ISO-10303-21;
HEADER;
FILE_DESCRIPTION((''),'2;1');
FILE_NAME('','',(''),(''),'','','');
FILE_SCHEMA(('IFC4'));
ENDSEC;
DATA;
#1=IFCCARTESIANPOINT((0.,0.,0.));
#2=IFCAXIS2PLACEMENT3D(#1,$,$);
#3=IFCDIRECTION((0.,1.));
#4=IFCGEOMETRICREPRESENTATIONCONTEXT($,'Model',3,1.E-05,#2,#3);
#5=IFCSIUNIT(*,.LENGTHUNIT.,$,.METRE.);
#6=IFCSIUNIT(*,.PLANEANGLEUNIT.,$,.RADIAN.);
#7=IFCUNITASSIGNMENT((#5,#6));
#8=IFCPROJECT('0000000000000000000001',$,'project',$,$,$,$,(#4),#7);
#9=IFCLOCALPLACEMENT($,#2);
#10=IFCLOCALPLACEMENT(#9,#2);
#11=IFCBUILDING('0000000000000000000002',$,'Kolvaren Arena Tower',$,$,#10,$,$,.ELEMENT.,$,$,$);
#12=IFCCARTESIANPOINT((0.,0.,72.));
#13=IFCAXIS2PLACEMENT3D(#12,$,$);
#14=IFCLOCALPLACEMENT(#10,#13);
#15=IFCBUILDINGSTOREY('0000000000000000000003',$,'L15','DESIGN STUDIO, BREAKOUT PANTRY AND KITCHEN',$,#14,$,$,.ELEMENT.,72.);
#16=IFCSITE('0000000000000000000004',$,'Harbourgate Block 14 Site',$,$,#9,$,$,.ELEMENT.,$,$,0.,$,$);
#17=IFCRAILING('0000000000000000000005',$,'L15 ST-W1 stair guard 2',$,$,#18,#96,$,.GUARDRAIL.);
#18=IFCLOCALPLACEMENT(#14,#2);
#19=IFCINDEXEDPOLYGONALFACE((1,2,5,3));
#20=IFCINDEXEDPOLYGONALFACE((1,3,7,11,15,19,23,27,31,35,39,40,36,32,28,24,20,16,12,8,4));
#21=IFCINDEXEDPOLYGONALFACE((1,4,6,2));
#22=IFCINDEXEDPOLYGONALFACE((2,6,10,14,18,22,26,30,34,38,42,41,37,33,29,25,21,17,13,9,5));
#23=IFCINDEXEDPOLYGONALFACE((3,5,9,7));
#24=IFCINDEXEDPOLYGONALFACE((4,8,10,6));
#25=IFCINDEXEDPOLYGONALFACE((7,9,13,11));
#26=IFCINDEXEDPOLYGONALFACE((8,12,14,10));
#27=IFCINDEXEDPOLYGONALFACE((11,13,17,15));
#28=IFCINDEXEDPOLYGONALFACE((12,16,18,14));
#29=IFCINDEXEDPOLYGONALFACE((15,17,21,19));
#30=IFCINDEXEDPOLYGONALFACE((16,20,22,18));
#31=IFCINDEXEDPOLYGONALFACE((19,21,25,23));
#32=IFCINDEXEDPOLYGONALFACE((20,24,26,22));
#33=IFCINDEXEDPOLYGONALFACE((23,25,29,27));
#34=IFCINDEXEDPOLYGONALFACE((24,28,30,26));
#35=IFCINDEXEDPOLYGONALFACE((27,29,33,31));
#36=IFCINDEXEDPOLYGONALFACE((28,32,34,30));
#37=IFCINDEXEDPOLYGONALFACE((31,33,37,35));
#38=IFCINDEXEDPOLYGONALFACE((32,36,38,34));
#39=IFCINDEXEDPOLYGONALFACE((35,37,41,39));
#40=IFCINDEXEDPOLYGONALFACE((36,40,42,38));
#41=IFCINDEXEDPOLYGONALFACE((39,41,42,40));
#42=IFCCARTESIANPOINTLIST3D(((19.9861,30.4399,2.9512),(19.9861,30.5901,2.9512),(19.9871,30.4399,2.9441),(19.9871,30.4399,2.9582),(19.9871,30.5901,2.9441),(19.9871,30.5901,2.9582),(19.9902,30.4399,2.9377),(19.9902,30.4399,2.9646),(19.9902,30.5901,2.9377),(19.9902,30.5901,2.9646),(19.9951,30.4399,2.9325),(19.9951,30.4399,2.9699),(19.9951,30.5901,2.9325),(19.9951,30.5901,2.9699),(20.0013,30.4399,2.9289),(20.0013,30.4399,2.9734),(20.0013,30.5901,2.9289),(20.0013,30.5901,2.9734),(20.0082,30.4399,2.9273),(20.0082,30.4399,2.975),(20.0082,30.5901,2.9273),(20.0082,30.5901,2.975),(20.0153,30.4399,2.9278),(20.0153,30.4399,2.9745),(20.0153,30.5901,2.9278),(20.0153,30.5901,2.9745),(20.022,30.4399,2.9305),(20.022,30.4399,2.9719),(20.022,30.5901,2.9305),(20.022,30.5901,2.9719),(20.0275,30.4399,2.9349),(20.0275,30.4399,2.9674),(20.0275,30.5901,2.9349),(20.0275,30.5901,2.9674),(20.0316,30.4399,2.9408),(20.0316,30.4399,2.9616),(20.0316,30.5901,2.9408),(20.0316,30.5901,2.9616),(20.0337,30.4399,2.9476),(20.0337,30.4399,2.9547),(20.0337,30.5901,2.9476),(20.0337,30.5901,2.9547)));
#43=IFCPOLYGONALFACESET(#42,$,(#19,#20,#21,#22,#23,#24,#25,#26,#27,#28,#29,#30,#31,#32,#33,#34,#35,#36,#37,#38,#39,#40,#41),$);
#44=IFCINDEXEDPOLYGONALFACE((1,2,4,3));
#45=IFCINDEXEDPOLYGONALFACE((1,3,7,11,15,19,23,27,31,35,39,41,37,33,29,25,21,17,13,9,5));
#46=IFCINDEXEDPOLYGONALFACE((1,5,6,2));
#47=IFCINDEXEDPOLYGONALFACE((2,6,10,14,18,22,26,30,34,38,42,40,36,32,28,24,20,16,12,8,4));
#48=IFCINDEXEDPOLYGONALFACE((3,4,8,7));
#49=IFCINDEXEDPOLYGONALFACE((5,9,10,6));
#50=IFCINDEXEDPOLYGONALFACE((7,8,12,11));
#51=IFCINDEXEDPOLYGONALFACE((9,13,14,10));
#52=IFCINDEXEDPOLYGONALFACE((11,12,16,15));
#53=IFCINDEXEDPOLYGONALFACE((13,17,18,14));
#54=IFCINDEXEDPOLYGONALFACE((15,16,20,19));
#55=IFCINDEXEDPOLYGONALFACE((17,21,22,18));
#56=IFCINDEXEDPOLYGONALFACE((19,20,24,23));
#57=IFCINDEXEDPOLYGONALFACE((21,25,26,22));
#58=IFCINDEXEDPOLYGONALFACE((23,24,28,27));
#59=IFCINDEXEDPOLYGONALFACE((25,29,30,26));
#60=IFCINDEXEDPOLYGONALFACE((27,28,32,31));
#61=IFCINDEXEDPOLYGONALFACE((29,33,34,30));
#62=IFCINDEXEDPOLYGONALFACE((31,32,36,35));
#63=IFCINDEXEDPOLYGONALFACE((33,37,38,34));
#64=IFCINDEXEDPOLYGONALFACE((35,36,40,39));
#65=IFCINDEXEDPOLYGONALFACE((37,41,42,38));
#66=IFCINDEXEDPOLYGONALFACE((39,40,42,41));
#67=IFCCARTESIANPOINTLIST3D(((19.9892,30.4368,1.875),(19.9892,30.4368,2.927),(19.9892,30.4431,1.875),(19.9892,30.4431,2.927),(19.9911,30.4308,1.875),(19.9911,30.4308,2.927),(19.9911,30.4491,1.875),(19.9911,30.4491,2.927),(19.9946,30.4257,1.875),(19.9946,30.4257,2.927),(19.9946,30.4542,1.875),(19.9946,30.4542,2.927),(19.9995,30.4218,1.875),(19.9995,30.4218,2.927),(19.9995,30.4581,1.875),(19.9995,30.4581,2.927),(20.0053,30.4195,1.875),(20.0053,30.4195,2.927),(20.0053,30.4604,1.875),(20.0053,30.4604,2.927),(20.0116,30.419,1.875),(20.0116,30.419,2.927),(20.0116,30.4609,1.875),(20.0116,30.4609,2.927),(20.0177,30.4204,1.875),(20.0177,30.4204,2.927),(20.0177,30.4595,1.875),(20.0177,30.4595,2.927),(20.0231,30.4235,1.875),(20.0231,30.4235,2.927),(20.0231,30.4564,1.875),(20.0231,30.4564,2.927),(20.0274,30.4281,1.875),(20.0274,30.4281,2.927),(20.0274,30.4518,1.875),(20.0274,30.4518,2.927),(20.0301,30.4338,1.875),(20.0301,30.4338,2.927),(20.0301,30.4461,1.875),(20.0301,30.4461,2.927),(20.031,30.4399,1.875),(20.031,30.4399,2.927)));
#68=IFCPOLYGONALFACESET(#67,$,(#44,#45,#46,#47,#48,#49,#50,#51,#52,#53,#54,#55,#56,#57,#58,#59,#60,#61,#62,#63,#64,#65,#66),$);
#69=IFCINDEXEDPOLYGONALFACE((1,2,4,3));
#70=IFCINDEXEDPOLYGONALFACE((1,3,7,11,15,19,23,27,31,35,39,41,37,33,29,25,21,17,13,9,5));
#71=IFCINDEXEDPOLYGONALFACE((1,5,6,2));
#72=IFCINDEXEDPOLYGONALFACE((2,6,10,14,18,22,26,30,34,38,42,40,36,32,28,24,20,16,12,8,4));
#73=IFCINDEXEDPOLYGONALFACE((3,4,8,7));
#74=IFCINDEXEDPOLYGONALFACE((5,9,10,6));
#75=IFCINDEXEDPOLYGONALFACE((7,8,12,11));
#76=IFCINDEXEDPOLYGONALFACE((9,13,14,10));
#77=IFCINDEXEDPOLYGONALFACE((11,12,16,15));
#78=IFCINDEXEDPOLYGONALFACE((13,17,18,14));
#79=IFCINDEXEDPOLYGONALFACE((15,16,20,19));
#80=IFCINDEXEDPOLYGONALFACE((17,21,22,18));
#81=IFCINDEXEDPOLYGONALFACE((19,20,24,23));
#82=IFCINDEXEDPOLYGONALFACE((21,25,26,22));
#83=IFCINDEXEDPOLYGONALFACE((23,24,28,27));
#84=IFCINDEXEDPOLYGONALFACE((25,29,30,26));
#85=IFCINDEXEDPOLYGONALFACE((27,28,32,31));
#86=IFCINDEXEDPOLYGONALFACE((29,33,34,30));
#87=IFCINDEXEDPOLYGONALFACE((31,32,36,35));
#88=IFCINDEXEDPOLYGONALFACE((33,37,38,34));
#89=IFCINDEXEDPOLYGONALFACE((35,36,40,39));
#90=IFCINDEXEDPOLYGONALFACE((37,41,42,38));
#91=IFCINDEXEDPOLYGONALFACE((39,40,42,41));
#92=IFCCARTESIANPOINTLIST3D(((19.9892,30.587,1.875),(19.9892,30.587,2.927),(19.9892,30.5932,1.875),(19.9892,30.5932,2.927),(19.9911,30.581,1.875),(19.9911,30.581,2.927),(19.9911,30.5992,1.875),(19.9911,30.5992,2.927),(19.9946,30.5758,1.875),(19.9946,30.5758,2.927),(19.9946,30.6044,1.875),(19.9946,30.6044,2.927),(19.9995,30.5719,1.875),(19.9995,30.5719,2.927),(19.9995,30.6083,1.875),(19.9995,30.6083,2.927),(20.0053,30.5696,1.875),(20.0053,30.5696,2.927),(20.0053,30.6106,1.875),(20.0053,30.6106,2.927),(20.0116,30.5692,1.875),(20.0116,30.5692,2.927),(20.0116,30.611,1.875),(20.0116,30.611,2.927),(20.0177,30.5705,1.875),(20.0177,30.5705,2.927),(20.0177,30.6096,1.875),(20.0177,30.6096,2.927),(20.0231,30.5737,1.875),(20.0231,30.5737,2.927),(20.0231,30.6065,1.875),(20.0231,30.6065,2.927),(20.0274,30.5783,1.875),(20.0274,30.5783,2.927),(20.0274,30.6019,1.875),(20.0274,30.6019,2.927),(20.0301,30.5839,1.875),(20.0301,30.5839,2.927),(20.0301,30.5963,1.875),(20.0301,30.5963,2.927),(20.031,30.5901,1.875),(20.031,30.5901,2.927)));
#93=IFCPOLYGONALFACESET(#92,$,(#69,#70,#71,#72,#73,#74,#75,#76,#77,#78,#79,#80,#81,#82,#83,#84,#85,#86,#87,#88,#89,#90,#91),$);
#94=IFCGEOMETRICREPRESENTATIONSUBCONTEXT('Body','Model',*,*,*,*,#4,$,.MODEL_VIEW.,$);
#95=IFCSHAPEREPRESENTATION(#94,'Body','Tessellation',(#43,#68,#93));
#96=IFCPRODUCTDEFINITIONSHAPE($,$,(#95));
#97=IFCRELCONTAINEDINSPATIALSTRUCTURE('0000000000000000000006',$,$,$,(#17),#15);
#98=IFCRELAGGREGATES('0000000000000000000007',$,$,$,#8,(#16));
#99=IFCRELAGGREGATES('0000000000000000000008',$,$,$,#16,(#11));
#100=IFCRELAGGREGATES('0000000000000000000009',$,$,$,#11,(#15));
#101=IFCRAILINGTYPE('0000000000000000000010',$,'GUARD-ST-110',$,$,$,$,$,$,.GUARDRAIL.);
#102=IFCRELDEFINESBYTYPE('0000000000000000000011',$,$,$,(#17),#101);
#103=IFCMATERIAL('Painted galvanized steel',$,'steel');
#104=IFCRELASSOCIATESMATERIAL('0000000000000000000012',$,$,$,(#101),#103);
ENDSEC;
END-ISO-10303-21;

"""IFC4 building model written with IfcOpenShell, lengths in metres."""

from ifc_helpers import new_model, si_unit, direction, frame, origin, origin_2d, place, context, subcontext, project, spatial, circle, extrude, material, type_object, element, save


model = new_model("IFC4")

# Units and contexts
model_context = context("Model", 3, precision=1e-05, world=origin(), true_north=direction((0.0, 1.0)))
body_context = subcontext(model_context, "Body", "Model", "MODEL_VIEW")
ifc_project = project(units=[si_unit("LENGTHUNIT", "METRE"), si_unit("PLANEANGLEUNIT", "RADIAN")], contexts=[model_context])

# Site, building, storey
site_placement = place(None, origin())
site = spatial("IfcSite", under=ifc_project, at=site_placement, Name="Harbourgate Block 14 Site", CompositionType="ELEMENT", RefElevation=0.0)
building_placement = place(site_placement, origin())
building = spatial("IfcBuilding", under=site, at=building_placement, Name="Kolvaren Arena Tower", CompositionType="ELEMENT")
storey_placement = place(building_placement, frame((0.0, 0.0, 72.0)))
storey = spatial("IfcBuildingStorey", under=building, at=storey_placement, Name="L15", Description="DESIGN STUDIO, BREAKOUT PANTRY AND KITCHEN", CompositionType="ELEMENT", Elevation=72.0)

# Railing
ifc_material_1 = material(Name="Painted galvanized steel", Category="steel")
railing_type = type_object("IfcRailingType", Name="GUARD-ST-110", PredefinedType="GUARDRAIL", material=ifc_material_1)
railing_1_placement = place(storey_placement, frame((20.01, 30.4399, 1.875)))
element("IfcRailing", 1, at=railing_1_placement, inside=storey, type_object=railing_type, Name="L15 ST-W1 stair guard 2", PredefinedType="GUARDRAIL", context=body_context, shape_type="SweptSolid", body=[
    extrude(circle(Radius=0.0239, at=origin_2d()), frame((0.0, 0.0, 1.0762), z_axis=(0.0, 1.0, 0.0), x_axis=(-1.0, 0.0, 0.0)), (0.0, 0.0, 1.0), 0.1501),
    extrude(circle(Radius=0.021, at=origin_2d()), origin(), (0.0, 0.0, 1.0), 1.052),
    extrude(circle(Radius=0.021, at=origin_2d()), frame((0.0, 0.1501, 0.0)), (0.0, 0.0, 1.0), 1.052),
])

save(model, "model.ifc")
